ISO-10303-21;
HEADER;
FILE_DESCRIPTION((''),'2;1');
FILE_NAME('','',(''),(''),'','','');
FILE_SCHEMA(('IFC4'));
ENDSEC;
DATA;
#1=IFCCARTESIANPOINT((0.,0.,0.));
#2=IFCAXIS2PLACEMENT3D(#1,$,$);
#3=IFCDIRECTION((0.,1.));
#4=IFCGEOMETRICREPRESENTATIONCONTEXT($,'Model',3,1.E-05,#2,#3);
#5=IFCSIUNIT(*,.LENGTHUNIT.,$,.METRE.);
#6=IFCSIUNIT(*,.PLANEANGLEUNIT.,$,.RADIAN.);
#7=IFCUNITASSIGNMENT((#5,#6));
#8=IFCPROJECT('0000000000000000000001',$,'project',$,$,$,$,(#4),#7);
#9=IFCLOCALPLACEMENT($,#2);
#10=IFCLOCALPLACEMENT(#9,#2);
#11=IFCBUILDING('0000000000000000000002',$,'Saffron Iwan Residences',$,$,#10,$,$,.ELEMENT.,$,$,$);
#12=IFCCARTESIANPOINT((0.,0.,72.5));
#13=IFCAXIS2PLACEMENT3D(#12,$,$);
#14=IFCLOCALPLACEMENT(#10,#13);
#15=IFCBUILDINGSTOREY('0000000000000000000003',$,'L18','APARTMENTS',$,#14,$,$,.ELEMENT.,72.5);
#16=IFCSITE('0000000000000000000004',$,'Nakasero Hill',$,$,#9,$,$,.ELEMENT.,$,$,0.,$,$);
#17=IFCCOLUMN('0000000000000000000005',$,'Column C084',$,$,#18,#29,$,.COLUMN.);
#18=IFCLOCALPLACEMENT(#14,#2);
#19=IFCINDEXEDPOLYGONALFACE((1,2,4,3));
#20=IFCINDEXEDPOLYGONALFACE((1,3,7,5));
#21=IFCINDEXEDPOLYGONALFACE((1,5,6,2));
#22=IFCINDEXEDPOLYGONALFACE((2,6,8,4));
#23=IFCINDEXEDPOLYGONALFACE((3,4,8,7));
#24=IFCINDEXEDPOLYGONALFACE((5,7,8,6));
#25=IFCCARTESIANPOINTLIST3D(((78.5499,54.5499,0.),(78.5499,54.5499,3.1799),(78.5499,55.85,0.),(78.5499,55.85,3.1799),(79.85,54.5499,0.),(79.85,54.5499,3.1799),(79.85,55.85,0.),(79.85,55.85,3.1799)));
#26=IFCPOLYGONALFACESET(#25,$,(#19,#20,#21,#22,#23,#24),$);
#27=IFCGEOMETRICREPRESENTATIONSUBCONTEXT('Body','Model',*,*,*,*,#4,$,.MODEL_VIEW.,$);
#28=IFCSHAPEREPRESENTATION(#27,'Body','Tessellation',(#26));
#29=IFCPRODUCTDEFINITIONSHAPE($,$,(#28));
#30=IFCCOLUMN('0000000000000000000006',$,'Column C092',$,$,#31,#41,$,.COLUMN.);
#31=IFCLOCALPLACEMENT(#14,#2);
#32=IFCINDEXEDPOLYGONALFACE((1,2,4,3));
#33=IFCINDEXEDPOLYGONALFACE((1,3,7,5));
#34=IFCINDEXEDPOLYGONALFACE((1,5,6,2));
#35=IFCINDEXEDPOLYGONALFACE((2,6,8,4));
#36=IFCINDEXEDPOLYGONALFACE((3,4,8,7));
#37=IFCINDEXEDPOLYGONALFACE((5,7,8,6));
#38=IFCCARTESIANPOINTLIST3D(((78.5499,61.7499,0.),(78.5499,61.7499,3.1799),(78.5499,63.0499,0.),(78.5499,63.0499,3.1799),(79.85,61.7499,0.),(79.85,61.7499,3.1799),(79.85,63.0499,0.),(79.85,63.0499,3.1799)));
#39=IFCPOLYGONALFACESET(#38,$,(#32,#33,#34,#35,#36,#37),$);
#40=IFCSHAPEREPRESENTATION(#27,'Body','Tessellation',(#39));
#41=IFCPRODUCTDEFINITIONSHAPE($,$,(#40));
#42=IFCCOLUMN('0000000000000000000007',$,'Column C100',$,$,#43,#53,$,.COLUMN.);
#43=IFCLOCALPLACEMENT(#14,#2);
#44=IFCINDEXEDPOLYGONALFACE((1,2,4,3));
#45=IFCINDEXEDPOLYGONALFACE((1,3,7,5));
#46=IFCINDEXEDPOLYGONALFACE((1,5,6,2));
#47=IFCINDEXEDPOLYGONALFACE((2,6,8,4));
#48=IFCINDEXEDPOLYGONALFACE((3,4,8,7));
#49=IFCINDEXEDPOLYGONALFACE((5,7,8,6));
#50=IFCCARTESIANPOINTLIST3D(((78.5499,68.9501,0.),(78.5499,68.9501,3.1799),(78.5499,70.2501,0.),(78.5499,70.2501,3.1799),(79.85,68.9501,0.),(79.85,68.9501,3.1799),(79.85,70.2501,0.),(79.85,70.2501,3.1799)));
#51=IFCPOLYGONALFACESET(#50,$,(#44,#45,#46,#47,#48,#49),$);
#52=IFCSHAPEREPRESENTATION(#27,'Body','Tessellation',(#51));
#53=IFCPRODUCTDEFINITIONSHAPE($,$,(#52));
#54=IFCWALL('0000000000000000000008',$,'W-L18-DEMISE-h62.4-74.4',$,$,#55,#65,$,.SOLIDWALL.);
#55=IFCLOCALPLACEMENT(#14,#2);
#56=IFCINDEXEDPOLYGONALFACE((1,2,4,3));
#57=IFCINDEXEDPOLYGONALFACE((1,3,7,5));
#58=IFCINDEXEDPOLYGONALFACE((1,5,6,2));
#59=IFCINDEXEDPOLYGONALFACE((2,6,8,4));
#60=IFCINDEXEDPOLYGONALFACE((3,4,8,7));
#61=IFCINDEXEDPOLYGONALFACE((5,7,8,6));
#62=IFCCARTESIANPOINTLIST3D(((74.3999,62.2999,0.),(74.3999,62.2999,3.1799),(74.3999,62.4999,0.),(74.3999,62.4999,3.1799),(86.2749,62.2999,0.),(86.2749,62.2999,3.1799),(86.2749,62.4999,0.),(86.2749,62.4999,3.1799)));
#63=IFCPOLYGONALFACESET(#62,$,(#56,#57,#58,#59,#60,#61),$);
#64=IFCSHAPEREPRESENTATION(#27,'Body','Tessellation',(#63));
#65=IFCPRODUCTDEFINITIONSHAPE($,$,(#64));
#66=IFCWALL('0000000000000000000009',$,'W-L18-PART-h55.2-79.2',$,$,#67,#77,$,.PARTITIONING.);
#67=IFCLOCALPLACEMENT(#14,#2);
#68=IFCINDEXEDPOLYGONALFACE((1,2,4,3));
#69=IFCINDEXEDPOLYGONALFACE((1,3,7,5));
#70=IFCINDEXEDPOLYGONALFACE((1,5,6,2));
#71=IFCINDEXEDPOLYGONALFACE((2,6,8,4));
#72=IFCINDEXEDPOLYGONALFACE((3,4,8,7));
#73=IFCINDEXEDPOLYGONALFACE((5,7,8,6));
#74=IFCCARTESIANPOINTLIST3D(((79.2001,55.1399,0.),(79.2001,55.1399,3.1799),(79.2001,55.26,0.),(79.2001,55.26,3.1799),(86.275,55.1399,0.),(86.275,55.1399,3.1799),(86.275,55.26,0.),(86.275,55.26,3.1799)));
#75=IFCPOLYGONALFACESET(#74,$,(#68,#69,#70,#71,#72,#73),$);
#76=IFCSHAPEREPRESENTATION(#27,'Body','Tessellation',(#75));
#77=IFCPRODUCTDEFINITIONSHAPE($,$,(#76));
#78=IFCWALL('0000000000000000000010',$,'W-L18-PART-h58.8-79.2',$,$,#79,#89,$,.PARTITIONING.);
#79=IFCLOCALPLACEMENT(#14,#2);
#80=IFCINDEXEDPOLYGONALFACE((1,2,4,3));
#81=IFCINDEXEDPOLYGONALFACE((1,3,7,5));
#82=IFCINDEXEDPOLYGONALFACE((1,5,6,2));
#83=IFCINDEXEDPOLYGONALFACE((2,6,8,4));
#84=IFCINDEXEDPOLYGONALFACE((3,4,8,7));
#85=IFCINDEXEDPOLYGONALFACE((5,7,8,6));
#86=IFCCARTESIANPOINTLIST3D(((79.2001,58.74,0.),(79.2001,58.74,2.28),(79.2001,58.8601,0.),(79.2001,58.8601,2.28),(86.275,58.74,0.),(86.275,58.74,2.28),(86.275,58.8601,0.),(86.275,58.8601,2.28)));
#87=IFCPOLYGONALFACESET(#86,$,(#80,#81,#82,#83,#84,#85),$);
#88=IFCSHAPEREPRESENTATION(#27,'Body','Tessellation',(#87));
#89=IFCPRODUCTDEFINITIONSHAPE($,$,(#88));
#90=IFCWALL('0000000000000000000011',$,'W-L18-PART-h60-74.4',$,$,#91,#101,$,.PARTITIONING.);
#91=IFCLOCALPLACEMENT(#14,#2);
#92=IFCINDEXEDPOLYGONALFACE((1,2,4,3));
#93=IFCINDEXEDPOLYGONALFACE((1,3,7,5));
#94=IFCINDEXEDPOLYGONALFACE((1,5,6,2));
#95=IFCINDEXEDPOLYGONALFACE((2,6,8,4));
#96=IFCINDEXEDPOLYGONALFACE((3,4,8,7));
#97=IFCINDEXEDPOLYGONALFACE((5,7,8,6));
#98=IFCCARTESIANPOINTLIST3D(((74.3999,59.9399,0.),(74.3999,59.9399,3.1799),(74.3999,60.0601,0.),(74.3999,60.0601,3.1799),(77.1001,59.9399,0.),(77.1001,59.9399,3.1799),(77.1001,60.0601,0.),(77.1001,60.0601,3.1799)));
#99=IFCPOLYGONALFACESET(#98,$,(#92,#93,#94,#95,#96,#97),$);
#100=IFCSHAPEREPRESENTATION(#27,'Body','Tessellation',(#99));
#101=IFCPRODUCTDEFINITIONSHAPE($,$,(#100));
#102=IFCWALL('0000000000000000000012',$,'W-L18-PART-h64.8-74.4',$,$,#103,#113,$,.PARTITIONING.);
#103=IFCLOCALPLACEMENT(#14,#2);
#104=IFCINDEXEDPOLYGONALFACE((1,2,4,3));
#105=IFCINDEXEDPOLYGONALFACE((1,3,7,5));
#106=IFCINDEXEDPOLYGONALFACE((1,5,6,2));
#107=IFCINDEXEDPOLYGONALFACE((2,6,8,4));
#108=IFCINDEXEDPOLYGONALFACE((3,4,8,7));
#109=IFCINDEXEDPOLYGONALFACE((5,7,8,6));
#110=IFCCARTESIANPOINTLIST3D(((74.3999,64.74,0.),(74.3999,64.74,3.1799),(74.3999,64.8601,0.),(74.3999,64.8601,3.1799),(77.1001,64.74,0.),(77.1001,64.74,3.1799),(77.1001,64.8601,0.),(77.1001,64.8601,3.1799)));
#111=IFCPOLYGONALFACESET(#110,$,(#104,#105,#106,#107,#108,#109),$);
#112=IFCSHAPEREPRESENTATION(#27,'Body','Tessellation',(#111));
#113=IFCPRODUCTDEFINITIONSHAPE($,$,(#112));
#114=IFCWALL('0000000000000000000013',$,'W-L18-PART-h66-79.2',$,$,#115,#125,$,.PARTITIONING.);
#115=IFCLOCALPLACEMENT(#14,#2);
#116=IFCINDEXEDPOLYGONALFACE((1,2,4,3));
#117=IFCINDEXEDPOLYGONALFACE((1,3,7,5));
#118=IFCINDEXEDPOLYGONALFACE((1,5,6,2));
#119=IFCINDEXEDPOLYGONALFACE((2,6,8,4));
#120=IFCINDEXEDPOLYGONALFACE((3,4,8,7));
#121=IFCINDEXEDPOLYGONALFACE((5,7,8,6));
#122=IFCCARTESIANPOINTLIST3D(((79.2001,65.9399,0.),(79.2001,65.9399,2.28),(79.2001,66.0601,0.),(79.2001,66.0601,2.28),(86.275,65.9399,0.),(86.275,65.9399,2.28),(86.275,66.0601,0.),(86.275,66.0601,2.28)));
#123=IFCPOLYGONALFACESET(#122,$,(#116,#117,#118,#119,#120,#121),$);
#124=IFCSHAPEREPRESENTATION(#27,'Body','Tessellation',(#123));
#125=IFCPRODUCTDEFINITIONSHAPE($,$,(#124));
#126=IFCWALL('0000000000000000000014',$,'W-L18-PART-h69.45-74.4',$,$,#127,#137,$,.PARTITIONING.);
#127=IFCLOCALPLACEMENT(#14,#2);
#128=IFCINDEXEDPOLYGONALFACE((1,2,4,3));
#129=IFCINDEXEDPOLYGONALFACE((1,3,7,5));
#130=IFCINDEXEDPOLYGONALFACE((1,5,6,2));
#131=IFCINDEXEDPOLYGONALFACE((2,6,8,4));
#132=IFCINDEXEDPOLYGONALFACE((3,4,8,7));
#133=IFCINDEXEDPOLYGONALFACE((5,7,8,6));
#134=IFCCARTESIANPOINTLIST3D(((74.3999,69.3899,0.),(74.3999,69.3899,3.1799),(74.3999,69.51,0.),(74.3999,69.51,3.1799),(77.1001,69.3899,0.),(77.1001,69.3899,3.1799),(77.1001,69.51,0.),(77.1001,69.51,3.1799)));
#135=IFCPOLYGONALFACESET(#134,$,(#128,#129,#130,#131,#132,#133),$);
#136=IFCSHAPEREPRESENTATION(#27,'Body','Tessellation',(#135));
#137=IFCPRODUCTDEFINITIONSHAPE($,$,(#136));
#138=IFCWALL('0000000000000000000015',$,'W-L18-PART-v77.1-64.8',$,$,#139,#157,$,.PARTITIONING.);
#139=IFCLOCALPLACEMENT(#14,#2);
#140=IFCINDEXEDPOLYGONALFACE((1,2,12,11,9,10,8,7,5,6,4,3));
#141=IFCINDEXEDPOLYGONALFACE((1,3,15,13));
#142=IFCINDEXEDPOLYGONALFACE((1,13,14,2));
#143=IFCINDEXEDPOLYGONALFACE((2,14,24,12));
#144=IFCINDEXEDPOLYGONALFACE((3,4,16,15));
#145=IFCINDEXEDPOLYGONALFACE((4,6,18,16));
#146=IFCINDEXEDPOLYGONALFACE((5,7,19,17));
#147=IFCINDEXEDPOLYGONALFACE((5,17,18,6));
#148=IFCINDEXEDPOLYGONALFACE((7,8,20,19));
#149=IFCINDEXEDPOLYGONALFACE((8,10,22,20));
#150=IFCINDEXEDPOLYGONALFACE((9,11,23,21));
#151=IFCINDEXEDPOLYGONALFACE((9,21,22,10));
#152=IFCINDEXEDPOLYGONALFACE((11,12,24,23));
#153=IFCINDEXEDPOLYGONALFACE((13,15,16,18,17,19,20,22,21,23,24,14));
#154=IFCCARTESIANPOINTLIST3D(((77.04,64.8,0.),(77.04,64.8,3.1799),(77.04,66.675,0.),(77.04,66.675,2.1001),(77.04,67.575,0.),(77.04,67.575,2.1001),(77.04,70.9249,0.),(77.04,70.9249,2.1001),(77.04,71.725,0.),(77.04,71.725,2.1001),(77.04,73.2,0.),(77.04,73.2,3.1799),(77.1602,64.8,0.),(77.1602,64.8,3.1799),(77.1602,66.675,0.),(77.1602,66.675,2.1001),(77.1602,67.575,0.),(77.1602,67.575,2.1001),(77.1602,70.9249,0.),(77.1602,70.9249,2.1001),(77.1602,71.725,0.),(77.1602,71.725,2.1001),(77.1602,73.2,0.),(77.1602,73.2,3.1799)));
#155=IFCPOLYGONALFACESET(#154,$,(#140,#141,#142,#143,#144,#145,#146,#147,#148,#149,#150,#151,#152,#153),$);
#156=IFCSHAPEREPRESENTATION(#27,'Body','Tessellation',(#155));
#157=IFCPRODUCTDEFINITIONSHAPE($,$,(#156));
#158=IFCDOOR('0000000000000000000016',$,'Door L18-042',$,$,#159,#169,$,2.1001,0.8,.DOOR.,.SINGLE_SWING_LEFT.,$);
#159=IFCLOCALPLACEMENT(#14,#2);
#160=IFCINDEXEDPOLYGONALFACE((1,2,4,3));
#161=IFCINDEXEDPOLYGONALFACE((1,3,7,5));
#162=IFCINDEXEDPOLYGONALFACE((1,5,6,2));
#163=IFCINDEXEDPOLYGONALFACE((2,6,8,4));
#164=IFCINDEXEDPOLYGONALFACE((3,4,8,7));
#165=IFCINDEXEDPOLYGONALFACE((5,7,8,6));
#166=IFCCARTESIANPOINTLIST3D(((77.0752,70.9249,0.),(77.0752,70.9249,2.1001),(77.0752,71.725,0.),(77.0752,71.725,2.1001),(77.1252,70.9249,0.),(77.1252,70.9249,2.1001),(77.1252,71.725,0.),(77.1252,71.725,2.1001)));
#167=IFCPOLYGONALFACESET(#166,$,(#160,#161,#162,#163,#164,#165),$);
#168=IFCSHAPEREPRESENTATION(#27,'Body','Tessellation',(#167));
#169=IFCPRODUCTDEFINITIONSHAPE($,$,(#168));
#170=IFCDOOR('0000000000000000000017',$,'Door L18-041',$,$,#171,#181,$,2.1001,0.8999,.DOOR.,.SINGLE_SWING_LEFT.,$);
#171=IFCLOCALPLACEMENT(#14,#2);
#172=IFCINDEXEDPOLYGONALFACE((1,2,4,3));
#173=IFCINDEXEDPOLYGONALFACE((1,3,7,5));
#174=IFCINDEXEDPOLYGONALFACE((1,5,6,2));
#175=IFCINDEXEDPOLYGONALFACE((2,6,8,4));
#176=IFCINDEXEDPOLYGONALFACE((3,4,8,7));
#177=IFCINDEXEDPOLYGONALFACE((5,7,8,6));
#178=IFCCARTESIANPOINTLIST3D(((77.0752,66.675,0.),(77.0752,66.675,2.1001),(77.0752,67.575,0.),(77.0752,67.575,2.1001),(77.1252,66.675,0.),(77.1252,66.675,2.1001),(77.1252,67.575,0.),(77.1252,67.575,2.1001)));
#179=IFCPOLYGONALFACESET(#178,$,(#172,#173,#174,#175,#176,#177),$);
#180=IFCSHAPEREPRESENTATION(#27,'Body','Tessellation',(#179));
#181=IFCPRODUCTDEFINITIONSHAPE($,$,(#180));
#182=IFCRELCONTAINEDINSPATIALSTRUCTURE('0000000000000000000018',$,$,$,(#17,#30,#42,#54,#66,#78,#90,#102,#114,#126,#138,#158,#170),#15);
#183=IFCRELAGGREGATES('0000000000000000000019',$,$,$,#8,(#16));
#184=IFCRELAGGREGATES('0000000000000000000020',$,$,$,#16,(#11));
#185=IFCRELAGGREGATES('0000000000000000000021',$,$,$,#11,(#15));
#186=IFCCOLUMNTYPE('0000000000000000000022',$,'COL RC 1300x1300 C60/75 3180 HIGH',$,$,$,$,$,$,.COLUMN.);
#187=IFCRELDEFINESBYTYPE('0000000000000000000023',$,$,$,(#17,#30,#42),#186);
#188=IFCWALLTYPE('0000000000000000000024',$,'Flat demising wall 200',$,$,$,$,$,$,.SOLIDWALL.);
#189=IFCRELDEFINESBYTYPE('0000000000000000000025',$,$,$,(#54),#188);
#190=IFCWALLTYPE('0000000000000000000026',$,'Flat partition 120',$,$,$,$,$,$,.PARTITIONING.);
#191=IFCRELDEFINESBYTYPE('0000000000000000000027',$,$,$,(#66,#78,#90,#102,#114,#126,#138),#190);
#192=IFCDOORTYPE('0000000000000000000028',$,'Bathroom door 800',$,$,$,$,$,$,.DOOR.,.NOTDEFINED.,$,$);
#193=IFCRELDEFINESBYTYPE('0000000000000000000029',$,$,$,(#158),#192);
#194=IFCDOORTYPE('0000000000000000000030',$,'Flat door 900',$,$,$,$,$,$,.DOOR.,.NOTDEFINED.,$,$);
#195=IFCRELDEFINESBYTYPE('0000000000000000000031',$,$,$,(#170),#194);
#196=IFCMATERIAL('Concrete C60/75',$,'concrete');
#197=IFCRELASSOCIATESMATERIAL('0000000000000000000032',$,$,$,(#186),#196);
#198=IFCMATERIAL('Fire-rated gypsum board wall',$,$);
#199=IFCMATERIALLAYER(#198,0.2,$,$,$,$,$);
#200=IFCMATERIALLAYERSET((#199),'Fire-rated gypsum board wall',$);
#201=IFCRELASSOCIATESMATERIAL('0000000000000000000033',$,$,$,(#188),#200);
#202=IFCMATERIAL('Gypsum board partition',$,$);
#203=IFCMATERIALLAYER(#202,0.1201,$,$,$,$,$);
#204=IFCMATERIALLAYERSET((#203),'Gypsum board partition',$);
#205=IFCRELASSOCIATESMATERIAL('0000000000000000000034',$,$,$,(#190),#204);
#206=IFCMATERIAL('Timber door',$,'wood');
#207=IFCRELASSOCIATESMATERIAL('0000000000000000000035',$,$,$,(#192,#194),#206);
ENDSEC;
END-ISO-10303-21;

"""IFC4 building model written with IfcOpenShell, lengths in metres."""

from ifc_helpers import new_model, si_unit, direction, frame, frame_2d, origin, origin_2d, place, context, subcontext, project, spatial, rectangle, extrude, source, transform, mapped, material, layer, layer_set, material_profile, profile_set, type_object, element, fill, save


model = new_model("IFC4")

# Units and contexts
model_context = context("Model", 3, precision=1e-05, world=origin(), true_north=direction((0.0, 1.0)))
body_context = subcontext(model_context, "Body", "Model", "MODEL_VIEW")
ifc_project = project(units=[si_unit("LENGTHUNIT", "METRE"), si_unit("PLANEANGLEUNIT", "RADIAN")], contexts=[model_context])

# Site, building, storey
site_placement = place(None, origin())
site = spatial("IfcSite", under=ifc_project, at=site_placement, Name="Nakasero Hill", CompositionType="ELEMENT", RefElevation=0.0)
building_placement = place(site_placement, origin())
building = spatial("IfcBuilding", under=site, at=building_placement, Name="Saffron Iwan Residences", CompositionType="ELEMENT")
storey_placement = place(building_placement, frame((0.0, 0.0, 72.5)))
storey = spatial("IfcBuildingStorey", under=building, at=storey_placement, Name="L18", Description="APARTMENTS", CompositionType="ELEMENT", Elevation=72.5)

# Columns
ifc_material_1 = material(Name="Concrete C60/75", Category="concrete")
ifc_material_profile = material_profile(ifc_material_1, rectangle(XDim=1.3, YDim=1.3, at=origin_2d()), Name="RC 1300x1300")
ifc_profile_set = profile_set([ifc_material_profile], Name="Concrete C60/75")
column_type = type_object("IfcColumnType", Name="COL RC 1300x1300 C60/75 3180 HIGH", PredefinedType="COLUMN", material=ifc_profile_set)
shared_shape = source(origin(), body_context, "Body", "SweptSolid", [
    extrude(rectangle(XDim=1.3, YDim=1.3, at=origin_2d()), origin(), (0.0, 0.0, 1.0), 3.1799),
])
for number, where, z_axis, x_axis, name in (
    (1, (79.2, 55.2, 0.0), (0.0, 0.0, 1.0), (1.0, 0.0, 0.0), "Column C084"),
    (2, (79.2, 62.3999, 0.0), (0.0, 0.0, 1.0), (1.0, 0.0, 0.0), "Column C092"),
    (3, (79.2, 69.6001, 0.0), (0.0, 0.0, 1.0), (1.0, 0.0, 0.0), "Column C100"),
):
    element("IfcColumn", number, at=place(storey_placement, frame(where, z_axis=z_axis, x_axis=x_axis)), inside=storey, type_object=column_type, Name=name, PredefinedType="COLUMN", context=body_context, shape_type="MappedRepresentation", body=[
        mapped(shared_shape, transform((0.0, 0.0, 0.0))),
    ])

# Walls
ifc_material_2 = material(Name="Fire-rated gypsum board wall")
ifc_layer_1 = layer(ifc_material_2, 0.2)
ifc_layer_set_1 = layer_set([ifc_layer_1], Name="Fire-rated gypsum board wall")
wall_type_1 = type_object("IfcWallType", Name="Flat demising wall 200", PredefinedType="SOLIDWALL", material=ifc_layer_set_1)
wall_1_placement = place(storey_placement, frame((74.3999, 62.3999, 0.0), z_axis=(0.0, 0.0, 1.0), x_axis=(1.0, 0.0, 0.0)))
element("IfcWall", 4, at=wall_1_placement, inside=storey, type_object=wall_type_1, Name="W-L18-DEMISE-h62.4-74.4", PredefinedType="SOLIDWALL", context=body_context, shape_type="SweptSolid", body=[
    extrude(rectangle(XDim=11.875, YDim=0.2, at=frame_2d((5.9375, 0.0))), origin(), (0.0, 0.0, 1.0), 3.1799),
])
ifc_material_3 = material(Name="Gypsum board partition")
ifc_layer_2 = layer(ifc_material_3, 0.1201)
ifc_layer_set_2 = layer_set([ifc_layer_2], Name="Gypsum board partition")
wall_type_2 = type_object("IfcWallType", Name="Flat partition 120", PredefinedType="PARTITIONING", material=ifc_layer_set_2)
wall_2_placement = place(storey_placement, frame((79.2, 55.2, 0.0), z_axis=(0.0, 0.0, 1.0), x_axis=(1.0, 0.0, 0.0)))
element("IfcWall", 5, at=wall_2_placement, inside=storey, type_object=wall_type_2, Name="W-L18-PART-h55.2-79.2", PredefinedType="PARTITIONING", context=body_context, shape_type="SweptSolid", body=[
    extrude(rectangle(XDim=7.075, YDim=0.1201, at=frame_2d((3.5376, 0.0))), origin(), (0.0, 0.0, 1.0), 3.1799),
])
wall_3_placement = place(storey_placement, frame((79.2, 58.8, 0.0), z_axis=(0.0, 0.0, 1.0), x_axis=(1.0, 0.0, 0.0)))
element("IfcWall", 6, at=wall_3_placement, inside=storey, type_object=wall_type_2, Name="W-L18-PART-h58.8-79.2", PredefinedType="PARTITIONING", context=body_context, shape_type="SweptSolid", body=[
    extrude(rectangle(XDim=7.075, YDim=0.1201, at=frame_2d((3.5376, 0.0))), origin(), (0.0, 0.0, 1.0), 2.28),
])
for number, where, z_axis, x_axis, name in (
    (7, (74.3999, 60.0, 0.0), (0.0, 0.0, 1.0), (1.0, 0.0, 0.0), "W-L18-PART-h60-74.4"),
    (8, (74.3999, 64.8, 0.0), (0.0, 0.0, 1.0), (1.0, 0.0, 0.0), "W-L18-PART-h64.8-74.4"),
):
    element("IfcWall", number, at=place(storey_placement, frame(where, z_axis=z_axis, x_axis=x_axis)), inside=storey, type_object=wall_type_2, Name=name, PredefinedType="PARTITIONING", context=body_context, shape_type="SweptSolid", body=[
        extrude(rectangle(XDim=2.7002, YDim=0.1201, at=frame_2d((1.3501, 0.0))), origin(), (0.0, 0.0, 1.0), 3.1799),
    ])
wall_4_placement = place(storey_placement, frame((79.2, 66.0, 0.0), z_axis=(0.0, 0.0, 1.0), x_axis=(1.0, 0.0, 0.0)))
element("IfcWall", 9, at=wall_4_placement, inside=storey, type_object=wall_type_2, Name="W-L18-PART-h66-79.2", PredefinedType="PARTITIONING", context=body_context, shape_type="SweptSolid", body=[
    extrude(rectangle(XDim=7.075, YDim=0.1201, at=frame_2d((3.5376, 0.0))), origin(), (0.0, 0.0, 1.0), 2.28),
])
wall_5_placement = place(storey_placement, frame((74.3999, 69.45, 0.0), z_axis=(0.0, 0.0, 1.0), x_axis=(1.0, 0.0, 0.0)))
element("IfcWall", 10, at=wall_5_placement, inside=storey, type_object=wall_type_2, Name="W-L18-PART-h69.45-74.4", PredefinedType="PARTITIONING", context=body_context, shape_type="SweptSolid", body=[
    extrude(rectangle(XDim=2.7002, YDim=0.1201, at=frame_2d((1.3501, 0.0))), origin(), (0.0, 0.0, 1.0), 3.1799),
])

# Wall, openings, doors
wall_6_placement = place(storey_placement, frame((77.1001, 64.8, 0.0), z_axis=(0.0, 0.0, 1.0), x_axis=(0.0, 1.0, 0.0)))
wall_6 = element("IfcWall", 11, at=wall_6_placement, inside=storey, type_object=wall_type_2, Name="W-L18-PART-v77.1-64.8", PredefinedType="PARTITIONING", context=body_context, shape_type="SweptSolid", body=[
    extrude(rectangle(XDim=8.3999, YDim=0.1201, at=frame_2d((4.2, 0.0))), origin(), (0.0, 0.0, 1.0), 3.1799),
])
opening_1_placement = place(wall_6_placement, frame((1.875, 0.0, 0.0)))
opening_1 = element("IfcOpeningElement", 12, at=opening_1_placement, cuts=wall_6, PredefinedType="OPENING", context=body_context, shape_type="SweptSolid", body=[
    extrude(rectangle(XDim=0.8999, YDim=2.1001, at=frame_2d((0.45, 1.05))), frame((0.0, 0.0701, 0.0), z_axis=(0.0, -1.0, 0.0), x_axis=(1.0, 0.0, 0.0)), (0.0, 0.0, 1.0), 0.1401),
])
opening_2_placement = place(wall_6_placement, frame((6.125, 0.0, 0.0)))
opening_2 = element("IfcOpeningElement", 13, at=opening_2_placement, cuts=wall_6, PredefinedType="OPENING", context=body_context, shape_type="SweptSolid", body=[
    extrude(rectangle(XDim=0.8, YDim=2.1001, at=frame_2d((0.3999, 1.05))), frame((0.0, 0.0701, 0.0), z_axis=(0.0, -1.0, 0.0), x_axis=(1.0, 0.0, 0.0)), (0.0, 0.0, 1.0), 0.1401),
])
ifc_material_4 = material(Name="Timber door", Category="wood")
door_type_1 = type_object("IfcDoorType", Name="Bathroom door 800", OperationType="NOTDEFINED", PredefinedType="DOOR", material=ifc_material_4)
door_1_placement = place(opening_2_placement, origin())
door_1 = element("IfcDoor", 14, at=door_1_placement, inside=storey, type_object=door_type_1, Name="Door L18-042", OperationType="SINGLE_SWING_LEFT", OverallHeight=2.1001, OverallWidth=0.8, PredefinedType="DOOR", context=body_context, shape_type="SweptSolid", body=[
    extrude(rectangle(XDim=0.8, YDim=2.1001, at=frame_2d((0.3999, 1.05))), frame((0.0, 0.0249, 0.0), z_axis=(0.0, -1.0, 0.0), x_axis=(1.0, 0.0, 0.0)), (0.0, 0.0, 1.0), 0.05),
])
fill(opening_2, door_1)
door_type_2 = type_object("IfcDoorType", Name="Flat door 900", OperationType="NOTDEFINED", PredefinedType="DOOR", material=ifc_material_4)
door_2_placement = place(opening_1_placement, origin())
door_2 = element("IfcDoor", 15, at=door_2_placement, inside=storey, type_object=door_type_2, Name="Door L18-041", OperationType="SINGLE_SWING_LEFT", OverallHeight=2.1001, OverallWidth=0.8999, PredefinedType="DOOR", context=body_context, shape_type="SweptSolid", body=[
    extrude(rectangle(XDim=0.8999, YDim=2.1001, at=frame_2d((0.45, 1.05))), frame((0.0, 0.0249, 0.0), z_axis=(0.0, -1.0, 0.0), x_axis=(1.0, 0.0, 0.0)), (0.0, 0.0, 1.0), 0.05),
])
fill(opening_1, door_2)

save(model, "model.ifc")
